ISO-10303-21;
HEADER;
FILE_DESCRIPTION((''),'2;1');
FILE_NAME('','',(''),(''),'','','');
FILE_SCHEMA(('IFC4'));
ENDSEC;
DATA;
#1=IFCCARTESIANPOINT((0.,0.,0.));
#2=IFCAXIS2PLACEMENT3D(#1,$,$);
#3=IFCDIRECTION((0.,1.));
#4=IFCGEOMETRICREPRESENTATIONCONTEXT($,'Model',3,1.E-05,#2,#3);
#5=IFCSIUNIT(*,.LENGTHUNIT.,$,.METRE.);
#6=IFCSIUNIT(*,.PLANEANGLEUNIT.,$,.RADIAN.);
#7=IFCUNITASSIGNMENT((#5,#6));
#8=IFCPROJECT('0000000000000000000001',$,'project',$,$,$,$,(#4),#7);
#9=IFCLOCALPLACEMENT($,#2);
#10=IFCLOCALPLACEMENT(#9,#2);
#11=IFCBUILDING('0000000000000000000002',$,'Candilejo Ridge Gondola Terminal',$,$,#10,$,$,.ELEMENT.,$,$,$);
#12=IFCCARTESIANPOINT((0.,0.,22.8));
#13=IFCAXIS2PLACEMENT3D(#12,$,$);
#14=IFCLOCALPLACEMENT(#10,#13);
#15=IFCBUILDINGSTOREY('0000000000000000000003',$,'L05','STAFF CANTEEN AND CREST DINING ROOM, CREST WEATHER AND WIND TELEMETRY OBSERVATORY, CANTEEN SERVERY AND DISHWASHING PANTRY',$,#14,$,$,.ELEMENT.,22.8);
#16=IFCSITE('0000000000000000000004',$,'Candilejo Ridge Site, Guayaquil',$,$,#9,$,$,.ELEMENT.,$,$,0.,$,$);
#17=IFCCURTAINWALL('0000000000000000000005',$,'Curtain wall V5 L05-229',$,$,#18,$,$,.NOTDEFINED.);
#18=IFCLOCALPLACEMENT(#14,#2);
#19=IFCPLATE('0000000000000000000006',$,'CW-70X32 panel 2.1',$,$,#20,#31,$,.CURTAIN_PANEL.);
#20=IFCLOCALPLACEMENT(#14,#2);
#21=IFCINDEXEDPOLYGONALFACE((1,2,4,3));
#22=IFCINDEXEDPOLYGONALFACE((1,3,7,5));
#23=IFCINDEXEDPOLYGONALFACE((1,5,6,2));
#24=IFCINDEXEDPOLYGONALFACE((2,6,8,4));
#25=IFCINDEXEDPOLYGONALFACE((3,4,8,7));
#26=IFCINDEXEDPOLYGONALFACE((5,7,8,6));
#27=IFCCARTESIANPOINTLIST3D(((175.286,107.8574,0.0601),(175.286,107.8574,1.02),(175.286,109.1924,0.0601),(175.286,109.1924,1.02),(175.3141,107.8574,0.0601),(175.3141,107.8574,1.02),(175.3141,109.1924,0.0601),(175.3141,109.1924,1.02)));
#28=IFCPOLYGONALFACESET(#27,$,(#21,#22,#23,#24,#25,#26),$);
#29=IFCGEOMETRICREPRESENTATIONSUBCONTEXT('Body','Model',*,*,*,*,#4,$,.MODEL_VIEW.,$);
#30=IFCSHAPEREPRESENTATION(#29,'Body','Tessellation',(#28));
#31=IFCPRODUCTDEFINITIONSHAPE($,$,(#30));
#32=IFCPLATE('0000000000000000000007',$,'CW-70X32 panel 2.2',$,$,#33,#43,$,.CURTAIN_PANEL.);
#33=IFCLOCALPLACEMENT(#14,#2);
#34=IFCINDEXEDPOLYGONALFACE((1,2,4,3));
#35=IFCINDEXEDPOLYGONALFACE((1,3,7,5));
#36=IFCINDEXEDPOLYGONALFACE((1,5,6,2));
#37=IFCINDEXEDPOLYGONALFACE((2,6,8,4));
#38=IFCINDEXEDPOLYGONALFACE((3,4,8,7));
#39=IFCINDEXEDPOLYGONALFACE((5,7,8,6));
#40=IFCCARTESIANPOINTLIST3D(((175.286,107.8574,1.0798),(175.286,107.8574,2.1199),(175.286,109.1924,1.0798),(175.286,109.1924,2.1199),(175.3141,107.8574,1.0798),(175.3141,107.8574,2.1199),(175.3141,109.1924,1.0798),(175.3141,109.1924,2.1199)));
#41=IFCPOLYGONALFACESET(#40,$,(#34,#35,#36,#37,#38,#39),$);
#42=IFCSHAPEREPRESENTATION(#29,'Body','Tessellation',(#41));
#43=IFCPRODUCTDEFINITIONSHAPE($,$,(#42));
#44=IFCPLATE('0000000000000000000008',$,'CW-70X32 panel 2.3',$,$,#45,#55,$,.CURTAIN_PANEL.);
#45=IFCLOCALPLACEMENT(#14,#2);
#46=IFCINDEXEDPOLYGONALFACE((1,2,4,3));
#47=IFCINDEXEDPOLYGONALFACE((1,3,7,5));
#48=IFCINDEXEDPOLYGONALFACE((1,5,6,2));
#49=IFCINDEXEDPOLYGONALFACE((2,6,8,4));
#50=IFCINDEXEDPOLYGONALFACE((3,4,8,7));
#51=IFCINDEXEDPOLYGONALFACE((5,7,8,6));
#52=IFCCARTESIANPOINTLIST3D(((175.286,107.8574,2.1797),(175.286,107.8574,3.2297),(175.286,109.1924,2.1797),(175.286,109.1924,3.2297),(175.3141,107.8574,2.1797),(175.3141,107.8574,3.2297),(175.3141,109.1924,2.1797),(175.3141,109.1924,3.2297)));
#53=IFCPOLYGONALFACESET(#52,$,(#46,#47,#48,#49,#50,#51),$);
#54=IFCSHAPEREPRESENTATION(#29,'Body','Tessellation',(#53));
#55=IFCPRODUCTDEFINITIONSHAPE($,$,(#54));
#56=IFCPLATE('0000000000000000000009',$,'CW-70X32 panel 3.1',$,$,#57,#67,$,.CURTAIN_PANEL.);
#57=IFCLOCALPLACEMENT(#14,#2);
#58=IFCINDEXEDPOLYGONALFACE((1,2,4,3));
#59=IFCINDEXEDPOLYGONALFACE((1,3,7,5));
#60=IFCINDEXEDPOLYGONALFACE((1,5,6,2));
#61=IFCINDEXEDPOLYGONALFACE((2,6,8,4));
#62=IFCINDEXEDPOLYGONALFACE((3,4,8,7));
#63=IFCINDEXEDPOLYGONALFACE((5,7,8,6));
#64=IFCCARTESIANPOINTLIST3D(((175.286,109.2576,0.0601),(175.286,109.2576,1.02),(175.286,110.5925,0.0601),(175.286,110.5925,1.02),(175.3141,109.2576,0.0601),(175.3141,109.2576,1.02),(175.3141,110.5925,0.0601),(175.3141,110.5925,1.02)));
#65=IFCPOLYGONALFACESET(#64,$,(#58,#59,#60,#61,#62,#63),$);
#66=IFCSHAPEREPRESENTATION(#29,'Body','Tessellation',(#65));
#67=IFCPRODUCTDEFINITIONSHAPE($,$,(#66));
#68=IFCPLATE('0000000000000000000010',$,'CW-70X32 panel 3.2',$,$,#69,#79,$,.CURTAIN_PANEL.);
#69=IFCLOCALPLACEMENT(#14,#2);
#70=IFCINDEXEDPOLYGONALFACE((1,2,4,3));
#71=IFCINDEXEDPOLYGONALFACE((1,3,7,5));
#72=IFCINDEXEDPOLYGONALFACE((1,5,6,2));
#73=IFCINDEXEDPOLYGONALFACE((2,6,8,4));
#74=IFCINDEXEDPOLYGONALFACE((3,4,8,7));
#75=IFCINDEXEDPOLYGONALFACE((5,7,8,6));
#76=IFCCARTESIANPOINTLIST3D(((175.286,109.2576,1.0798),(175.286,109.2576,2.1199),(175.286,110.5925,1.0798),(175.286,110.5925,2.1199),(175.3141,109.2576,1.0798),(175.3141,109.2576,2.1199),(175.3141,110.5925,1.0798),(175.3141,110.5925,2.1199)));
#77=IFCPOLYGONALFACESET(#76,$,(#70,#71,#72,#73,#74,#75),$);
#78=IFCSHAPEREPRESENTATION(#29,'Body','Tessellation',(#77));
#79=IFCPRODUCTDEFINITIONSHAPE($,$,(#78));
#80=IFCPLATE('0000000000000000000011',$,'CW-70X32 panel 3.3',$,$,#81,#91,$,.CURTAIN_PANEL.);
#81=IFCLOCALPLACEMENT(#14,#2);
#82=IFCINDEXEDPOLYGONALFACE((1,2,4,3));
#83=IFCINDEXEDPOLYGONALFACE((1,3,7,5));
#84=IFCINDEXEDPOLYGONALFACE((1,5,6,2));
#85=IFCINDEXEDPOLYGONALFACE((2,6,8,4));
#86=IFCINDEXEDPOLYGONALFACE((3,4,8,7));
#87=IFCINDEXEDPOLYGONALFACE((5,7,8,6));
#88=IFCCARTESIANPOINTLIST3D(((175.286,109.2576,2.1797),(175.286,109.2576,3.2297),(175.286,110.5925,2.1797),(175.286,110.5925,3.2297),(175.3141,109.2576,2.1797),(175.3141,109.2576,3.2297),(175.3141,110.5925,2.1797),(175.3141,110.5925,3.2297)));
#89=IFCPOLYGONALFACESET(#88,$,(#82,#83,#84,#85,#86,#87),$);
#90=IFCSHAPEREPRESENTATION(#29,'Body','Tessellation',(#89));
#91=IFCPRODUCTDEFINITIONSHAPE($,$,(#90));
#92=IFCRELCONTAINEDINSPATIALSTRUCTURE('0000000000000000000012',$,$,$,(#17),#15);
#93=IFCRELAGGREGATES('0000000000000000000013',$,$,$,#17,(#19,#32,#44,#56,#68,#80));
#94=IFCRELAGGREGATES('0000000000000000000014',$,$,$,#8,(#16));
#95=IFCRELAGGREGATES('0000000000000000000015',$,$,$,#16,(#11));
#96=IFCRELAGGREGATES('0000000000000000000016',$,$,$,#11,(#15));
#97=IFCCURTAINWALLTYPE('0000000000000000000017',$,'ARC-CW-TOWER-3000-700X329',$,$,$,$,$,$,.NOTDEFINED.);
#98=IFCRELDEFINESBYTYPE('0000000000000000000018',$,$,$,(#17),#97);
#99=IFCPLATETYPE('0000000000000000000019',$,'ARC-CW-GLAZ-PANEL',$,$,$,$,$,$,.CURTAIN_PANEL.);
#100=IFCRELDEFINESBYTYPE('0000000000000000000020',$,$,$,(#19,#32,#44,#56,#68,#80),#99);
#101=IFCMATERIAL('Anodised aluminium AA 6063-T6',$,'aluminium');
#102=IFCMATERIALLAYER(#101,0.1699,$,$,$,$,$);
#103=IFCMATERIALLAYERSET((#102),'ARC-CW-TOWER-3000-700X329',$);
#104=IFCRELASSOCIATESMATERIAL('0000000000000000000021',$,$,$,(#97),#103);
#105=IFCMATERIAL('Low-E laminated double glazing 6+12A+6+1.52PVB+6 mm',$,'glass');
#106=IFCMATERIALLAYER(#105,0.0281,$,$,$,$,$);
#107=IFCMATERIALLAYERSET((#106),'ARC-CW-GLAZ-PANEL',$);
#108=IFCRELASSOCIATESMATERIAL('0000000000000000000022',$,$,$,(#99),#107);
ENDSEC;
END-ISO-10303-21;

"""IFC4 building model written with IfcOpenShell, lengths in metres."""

from ifc_helpers import new_model, si_unit, direction, frame, origin, origin_2d, place, context, subcontext, project, spatial, rectangle, extrude, material, layer, layer_set, type_object, element, aggregate, save


model = new_model("IFC4")

# Units and contexts
model_context = context("Model", 3, precision=1e-05, world=origin(), true_north=direction((0.0, 1.0)))
body_context = subcontext(model_context, "Body", "Model", "MODEL_VIEW")
ifc_project = project(units=[si_unit("LENGTHUNIT", "METRE"), si_unit("PLANEANGLEUNIT", "RADIAN")], contexts=[model_context])

# Site, building, storey
site_placement = place(None, origin())
site = spatial("IfcSite", under=ifc_project, at=site_placement, Name="Candilejo Ridge Site, Guayaquil", CompositionType="ELEMENT", RefElevation=0.0)
building_placement = place(site_placement, origin())
building = spatial("IfcBuilding", under=site, at=building_placement, Name="Candilejo Ridge Gondola Terminal", CompositionType="ELEMENT")
storey_placement = place(building_placement, frame((0.0, 0.0, 22.8)))
storey = spatial("IfcBuildingStorey", under=building, at=storey_placement, Name="L05", Description="STAFF CANTEEN AND CREST DINING ROOM, CREST WEATHER AND WIND TELEMETRY OBSERVATORY, CANTEEN SERVERY AND DISHWASHING PANTRY", CompositionType="ELEMENT", Elevation=22.8)

# Curtain wall, plates
ifc_material_1 = material(Name="Anodised aluminium AA 6063-T6", Category="aluminium")
ifc_layer_1 = layer(ifc_material_1, 0.1699)
ifc_layer_set_1 = layer_set([ifc_layer_1], Name="ARC-CW-TOWER-3000-700X329")
curtain_wall_type = type_object("IfcCurtainWallType", Name="ARC-CW-TOWER-3000-700X329", PredefinedType="NOTDEFINED", material=ifc_layer_set_1)
curtain_wall_placement = place(storey_placement, origin())
curtain_wall = element("IfcCurtainWall", 1, at=curtain_wall_placement, inside=storey, type_object=curtain_wall_type, Name="Curtain wall V5 L05-229", PredefinedType="NOTDEFINED")
ifc_material_2 = material(Name="Low-E laminated double glazing 6+12A+6+1.52PVB+6 mm", Category="glass")
ifc_layer_2 = layer(ifc_material_2, 0.0281)
ifc_layer_set_2 = layer_set([ifc_layer_2], Name="ARC-CW-GLAZ-PANEL")
plate_type = type_object("IfcPlateType", Name="ARC-CW-GLAZ-PANEL", PredefinedType="CURTAIN_PANEL", material=ifc_layer_set_2)
plate_1_placement = place(storey_placement, frame((175.3, 108.5249, 0.0601), z_axis=(0.0, 0.0, 1.0), x_axis=(0.0, 1.0, 0.0)))
plate_1 = element("IfcPlate", 2, at=plate_1_placement, type_object=plate_type, Name="CW-70X32 panel 2.1", PredefinedType="CURTAIN_PANEL", context=body_context, shape_type="SweptSolid", body=[
    extrude(rectangle(XDim=1.335, YDim=0.0281, at=origin_2d()), origin(), (0.0, 0.0, 1.0), 0.96),
])
plate_2_placement = place(storey_placement, frame((175.3, 108.5249, 1.0798), z_axis=(0.0, 0.0, 1.0), x_axis=(0.0, 1.0, 0.0)))
plate_2 = element("IfcPlate", 3, at=plate_2_placement, type_object=plate_type, Name="CW-70X32 panel 2.2", PredefinedType="CURTAIN_PANEL", context=body_context, shape_type="SweptSolid", body=[
    extrude(rectangle(XDim=1.335, YDim=0.0281, at=origin_2d()), origin(), (0.0, 0.0, 1.0), 1.04),
])
plate_3_placement = place(storey_placement, frame((175.3, 108.5249, 2.1797), z_axis=(0.0, 0.0, 1.0), x_axis=(0.0, 1.0, 0.0)))
plate_3 = element("IfcPlate", 4, at=plate_3_placement, type_object=plate_type, Name="CW-70X32 panel 2.3", PredefinedType="CURTAIN_PANEL", context=body_context, shape_type="SweptSolid", body=[
    extrude(rectangle(XDim=1.335, YDim=0.0281, at=origin_2d()), origin(), (0.0, 0.0, 1.0), 1.05),
])
plate_4_placement = place(storey_placement, frame((175.3, 109.925, 0.0601), z_axis=(0.0, 0.0, 1.0), x_axis=(0.0, 1.0, 0.0)))
plate_4 = element("IfcPlate", 5, at=plate_4_placement, type_object=plate_type, Name="CW-70X32 panel 3.1", PredefinedType="CURTAIN_PANEL", context=body_context, shape_type="SweptSolid", body=[
    extrude(rectangle(XDim=1.335, YDim=0.0281, at=origin_2d()), origin(), (0.0, 0.0, 1.0), 0.96),
])
plate_5_placement = place(storey_placement, frame((175.3, 109.925, 1.0798), z_axis=(0.0, 0.0, 1.0), x_axis=(0.0, 1.0, 0.0)))
plate_5 = element("IfcPlate", 6, at=plate_5_placement, type_object=plate_type, Name="CW-70X32 panel 3.2", PredefinedType="CURTAIN_PANEL", context=body_context, shape_type="SweptSolid", body=[
    extrude(rectangle(XDim=1.335, YDim=0.0281, at=origin_2d()), origin(), (0.0, 0.0, 1.0), 1.04),
])
plate_6_placement = place(storey_placement, frame((175.3, 109.925, 2.1797), z_axis=(0.0, 0.0, 1.0), x_axis=(0.0, 1.0, 0.0)))
plate_6 = element("IfcPlate", 7, at=plate_6_placement, type_object=plate_type, Name="CW-70X32 panel 3.3", PredefinedType="CURTAIN_PANEL", context=body_context, shape_type="SweptSolid", body=[
    extrude(rectangle(XDim=1.335, YDim=0.0281, at=origin_2d()), origin(), (0.0, 0.0, 1.0), 1.05),
])
aggregate(curtain_wall, [plate_1, plate_2, plate_3, plate_4, plate_5, plate_6])

save(model, "model.ifc")
